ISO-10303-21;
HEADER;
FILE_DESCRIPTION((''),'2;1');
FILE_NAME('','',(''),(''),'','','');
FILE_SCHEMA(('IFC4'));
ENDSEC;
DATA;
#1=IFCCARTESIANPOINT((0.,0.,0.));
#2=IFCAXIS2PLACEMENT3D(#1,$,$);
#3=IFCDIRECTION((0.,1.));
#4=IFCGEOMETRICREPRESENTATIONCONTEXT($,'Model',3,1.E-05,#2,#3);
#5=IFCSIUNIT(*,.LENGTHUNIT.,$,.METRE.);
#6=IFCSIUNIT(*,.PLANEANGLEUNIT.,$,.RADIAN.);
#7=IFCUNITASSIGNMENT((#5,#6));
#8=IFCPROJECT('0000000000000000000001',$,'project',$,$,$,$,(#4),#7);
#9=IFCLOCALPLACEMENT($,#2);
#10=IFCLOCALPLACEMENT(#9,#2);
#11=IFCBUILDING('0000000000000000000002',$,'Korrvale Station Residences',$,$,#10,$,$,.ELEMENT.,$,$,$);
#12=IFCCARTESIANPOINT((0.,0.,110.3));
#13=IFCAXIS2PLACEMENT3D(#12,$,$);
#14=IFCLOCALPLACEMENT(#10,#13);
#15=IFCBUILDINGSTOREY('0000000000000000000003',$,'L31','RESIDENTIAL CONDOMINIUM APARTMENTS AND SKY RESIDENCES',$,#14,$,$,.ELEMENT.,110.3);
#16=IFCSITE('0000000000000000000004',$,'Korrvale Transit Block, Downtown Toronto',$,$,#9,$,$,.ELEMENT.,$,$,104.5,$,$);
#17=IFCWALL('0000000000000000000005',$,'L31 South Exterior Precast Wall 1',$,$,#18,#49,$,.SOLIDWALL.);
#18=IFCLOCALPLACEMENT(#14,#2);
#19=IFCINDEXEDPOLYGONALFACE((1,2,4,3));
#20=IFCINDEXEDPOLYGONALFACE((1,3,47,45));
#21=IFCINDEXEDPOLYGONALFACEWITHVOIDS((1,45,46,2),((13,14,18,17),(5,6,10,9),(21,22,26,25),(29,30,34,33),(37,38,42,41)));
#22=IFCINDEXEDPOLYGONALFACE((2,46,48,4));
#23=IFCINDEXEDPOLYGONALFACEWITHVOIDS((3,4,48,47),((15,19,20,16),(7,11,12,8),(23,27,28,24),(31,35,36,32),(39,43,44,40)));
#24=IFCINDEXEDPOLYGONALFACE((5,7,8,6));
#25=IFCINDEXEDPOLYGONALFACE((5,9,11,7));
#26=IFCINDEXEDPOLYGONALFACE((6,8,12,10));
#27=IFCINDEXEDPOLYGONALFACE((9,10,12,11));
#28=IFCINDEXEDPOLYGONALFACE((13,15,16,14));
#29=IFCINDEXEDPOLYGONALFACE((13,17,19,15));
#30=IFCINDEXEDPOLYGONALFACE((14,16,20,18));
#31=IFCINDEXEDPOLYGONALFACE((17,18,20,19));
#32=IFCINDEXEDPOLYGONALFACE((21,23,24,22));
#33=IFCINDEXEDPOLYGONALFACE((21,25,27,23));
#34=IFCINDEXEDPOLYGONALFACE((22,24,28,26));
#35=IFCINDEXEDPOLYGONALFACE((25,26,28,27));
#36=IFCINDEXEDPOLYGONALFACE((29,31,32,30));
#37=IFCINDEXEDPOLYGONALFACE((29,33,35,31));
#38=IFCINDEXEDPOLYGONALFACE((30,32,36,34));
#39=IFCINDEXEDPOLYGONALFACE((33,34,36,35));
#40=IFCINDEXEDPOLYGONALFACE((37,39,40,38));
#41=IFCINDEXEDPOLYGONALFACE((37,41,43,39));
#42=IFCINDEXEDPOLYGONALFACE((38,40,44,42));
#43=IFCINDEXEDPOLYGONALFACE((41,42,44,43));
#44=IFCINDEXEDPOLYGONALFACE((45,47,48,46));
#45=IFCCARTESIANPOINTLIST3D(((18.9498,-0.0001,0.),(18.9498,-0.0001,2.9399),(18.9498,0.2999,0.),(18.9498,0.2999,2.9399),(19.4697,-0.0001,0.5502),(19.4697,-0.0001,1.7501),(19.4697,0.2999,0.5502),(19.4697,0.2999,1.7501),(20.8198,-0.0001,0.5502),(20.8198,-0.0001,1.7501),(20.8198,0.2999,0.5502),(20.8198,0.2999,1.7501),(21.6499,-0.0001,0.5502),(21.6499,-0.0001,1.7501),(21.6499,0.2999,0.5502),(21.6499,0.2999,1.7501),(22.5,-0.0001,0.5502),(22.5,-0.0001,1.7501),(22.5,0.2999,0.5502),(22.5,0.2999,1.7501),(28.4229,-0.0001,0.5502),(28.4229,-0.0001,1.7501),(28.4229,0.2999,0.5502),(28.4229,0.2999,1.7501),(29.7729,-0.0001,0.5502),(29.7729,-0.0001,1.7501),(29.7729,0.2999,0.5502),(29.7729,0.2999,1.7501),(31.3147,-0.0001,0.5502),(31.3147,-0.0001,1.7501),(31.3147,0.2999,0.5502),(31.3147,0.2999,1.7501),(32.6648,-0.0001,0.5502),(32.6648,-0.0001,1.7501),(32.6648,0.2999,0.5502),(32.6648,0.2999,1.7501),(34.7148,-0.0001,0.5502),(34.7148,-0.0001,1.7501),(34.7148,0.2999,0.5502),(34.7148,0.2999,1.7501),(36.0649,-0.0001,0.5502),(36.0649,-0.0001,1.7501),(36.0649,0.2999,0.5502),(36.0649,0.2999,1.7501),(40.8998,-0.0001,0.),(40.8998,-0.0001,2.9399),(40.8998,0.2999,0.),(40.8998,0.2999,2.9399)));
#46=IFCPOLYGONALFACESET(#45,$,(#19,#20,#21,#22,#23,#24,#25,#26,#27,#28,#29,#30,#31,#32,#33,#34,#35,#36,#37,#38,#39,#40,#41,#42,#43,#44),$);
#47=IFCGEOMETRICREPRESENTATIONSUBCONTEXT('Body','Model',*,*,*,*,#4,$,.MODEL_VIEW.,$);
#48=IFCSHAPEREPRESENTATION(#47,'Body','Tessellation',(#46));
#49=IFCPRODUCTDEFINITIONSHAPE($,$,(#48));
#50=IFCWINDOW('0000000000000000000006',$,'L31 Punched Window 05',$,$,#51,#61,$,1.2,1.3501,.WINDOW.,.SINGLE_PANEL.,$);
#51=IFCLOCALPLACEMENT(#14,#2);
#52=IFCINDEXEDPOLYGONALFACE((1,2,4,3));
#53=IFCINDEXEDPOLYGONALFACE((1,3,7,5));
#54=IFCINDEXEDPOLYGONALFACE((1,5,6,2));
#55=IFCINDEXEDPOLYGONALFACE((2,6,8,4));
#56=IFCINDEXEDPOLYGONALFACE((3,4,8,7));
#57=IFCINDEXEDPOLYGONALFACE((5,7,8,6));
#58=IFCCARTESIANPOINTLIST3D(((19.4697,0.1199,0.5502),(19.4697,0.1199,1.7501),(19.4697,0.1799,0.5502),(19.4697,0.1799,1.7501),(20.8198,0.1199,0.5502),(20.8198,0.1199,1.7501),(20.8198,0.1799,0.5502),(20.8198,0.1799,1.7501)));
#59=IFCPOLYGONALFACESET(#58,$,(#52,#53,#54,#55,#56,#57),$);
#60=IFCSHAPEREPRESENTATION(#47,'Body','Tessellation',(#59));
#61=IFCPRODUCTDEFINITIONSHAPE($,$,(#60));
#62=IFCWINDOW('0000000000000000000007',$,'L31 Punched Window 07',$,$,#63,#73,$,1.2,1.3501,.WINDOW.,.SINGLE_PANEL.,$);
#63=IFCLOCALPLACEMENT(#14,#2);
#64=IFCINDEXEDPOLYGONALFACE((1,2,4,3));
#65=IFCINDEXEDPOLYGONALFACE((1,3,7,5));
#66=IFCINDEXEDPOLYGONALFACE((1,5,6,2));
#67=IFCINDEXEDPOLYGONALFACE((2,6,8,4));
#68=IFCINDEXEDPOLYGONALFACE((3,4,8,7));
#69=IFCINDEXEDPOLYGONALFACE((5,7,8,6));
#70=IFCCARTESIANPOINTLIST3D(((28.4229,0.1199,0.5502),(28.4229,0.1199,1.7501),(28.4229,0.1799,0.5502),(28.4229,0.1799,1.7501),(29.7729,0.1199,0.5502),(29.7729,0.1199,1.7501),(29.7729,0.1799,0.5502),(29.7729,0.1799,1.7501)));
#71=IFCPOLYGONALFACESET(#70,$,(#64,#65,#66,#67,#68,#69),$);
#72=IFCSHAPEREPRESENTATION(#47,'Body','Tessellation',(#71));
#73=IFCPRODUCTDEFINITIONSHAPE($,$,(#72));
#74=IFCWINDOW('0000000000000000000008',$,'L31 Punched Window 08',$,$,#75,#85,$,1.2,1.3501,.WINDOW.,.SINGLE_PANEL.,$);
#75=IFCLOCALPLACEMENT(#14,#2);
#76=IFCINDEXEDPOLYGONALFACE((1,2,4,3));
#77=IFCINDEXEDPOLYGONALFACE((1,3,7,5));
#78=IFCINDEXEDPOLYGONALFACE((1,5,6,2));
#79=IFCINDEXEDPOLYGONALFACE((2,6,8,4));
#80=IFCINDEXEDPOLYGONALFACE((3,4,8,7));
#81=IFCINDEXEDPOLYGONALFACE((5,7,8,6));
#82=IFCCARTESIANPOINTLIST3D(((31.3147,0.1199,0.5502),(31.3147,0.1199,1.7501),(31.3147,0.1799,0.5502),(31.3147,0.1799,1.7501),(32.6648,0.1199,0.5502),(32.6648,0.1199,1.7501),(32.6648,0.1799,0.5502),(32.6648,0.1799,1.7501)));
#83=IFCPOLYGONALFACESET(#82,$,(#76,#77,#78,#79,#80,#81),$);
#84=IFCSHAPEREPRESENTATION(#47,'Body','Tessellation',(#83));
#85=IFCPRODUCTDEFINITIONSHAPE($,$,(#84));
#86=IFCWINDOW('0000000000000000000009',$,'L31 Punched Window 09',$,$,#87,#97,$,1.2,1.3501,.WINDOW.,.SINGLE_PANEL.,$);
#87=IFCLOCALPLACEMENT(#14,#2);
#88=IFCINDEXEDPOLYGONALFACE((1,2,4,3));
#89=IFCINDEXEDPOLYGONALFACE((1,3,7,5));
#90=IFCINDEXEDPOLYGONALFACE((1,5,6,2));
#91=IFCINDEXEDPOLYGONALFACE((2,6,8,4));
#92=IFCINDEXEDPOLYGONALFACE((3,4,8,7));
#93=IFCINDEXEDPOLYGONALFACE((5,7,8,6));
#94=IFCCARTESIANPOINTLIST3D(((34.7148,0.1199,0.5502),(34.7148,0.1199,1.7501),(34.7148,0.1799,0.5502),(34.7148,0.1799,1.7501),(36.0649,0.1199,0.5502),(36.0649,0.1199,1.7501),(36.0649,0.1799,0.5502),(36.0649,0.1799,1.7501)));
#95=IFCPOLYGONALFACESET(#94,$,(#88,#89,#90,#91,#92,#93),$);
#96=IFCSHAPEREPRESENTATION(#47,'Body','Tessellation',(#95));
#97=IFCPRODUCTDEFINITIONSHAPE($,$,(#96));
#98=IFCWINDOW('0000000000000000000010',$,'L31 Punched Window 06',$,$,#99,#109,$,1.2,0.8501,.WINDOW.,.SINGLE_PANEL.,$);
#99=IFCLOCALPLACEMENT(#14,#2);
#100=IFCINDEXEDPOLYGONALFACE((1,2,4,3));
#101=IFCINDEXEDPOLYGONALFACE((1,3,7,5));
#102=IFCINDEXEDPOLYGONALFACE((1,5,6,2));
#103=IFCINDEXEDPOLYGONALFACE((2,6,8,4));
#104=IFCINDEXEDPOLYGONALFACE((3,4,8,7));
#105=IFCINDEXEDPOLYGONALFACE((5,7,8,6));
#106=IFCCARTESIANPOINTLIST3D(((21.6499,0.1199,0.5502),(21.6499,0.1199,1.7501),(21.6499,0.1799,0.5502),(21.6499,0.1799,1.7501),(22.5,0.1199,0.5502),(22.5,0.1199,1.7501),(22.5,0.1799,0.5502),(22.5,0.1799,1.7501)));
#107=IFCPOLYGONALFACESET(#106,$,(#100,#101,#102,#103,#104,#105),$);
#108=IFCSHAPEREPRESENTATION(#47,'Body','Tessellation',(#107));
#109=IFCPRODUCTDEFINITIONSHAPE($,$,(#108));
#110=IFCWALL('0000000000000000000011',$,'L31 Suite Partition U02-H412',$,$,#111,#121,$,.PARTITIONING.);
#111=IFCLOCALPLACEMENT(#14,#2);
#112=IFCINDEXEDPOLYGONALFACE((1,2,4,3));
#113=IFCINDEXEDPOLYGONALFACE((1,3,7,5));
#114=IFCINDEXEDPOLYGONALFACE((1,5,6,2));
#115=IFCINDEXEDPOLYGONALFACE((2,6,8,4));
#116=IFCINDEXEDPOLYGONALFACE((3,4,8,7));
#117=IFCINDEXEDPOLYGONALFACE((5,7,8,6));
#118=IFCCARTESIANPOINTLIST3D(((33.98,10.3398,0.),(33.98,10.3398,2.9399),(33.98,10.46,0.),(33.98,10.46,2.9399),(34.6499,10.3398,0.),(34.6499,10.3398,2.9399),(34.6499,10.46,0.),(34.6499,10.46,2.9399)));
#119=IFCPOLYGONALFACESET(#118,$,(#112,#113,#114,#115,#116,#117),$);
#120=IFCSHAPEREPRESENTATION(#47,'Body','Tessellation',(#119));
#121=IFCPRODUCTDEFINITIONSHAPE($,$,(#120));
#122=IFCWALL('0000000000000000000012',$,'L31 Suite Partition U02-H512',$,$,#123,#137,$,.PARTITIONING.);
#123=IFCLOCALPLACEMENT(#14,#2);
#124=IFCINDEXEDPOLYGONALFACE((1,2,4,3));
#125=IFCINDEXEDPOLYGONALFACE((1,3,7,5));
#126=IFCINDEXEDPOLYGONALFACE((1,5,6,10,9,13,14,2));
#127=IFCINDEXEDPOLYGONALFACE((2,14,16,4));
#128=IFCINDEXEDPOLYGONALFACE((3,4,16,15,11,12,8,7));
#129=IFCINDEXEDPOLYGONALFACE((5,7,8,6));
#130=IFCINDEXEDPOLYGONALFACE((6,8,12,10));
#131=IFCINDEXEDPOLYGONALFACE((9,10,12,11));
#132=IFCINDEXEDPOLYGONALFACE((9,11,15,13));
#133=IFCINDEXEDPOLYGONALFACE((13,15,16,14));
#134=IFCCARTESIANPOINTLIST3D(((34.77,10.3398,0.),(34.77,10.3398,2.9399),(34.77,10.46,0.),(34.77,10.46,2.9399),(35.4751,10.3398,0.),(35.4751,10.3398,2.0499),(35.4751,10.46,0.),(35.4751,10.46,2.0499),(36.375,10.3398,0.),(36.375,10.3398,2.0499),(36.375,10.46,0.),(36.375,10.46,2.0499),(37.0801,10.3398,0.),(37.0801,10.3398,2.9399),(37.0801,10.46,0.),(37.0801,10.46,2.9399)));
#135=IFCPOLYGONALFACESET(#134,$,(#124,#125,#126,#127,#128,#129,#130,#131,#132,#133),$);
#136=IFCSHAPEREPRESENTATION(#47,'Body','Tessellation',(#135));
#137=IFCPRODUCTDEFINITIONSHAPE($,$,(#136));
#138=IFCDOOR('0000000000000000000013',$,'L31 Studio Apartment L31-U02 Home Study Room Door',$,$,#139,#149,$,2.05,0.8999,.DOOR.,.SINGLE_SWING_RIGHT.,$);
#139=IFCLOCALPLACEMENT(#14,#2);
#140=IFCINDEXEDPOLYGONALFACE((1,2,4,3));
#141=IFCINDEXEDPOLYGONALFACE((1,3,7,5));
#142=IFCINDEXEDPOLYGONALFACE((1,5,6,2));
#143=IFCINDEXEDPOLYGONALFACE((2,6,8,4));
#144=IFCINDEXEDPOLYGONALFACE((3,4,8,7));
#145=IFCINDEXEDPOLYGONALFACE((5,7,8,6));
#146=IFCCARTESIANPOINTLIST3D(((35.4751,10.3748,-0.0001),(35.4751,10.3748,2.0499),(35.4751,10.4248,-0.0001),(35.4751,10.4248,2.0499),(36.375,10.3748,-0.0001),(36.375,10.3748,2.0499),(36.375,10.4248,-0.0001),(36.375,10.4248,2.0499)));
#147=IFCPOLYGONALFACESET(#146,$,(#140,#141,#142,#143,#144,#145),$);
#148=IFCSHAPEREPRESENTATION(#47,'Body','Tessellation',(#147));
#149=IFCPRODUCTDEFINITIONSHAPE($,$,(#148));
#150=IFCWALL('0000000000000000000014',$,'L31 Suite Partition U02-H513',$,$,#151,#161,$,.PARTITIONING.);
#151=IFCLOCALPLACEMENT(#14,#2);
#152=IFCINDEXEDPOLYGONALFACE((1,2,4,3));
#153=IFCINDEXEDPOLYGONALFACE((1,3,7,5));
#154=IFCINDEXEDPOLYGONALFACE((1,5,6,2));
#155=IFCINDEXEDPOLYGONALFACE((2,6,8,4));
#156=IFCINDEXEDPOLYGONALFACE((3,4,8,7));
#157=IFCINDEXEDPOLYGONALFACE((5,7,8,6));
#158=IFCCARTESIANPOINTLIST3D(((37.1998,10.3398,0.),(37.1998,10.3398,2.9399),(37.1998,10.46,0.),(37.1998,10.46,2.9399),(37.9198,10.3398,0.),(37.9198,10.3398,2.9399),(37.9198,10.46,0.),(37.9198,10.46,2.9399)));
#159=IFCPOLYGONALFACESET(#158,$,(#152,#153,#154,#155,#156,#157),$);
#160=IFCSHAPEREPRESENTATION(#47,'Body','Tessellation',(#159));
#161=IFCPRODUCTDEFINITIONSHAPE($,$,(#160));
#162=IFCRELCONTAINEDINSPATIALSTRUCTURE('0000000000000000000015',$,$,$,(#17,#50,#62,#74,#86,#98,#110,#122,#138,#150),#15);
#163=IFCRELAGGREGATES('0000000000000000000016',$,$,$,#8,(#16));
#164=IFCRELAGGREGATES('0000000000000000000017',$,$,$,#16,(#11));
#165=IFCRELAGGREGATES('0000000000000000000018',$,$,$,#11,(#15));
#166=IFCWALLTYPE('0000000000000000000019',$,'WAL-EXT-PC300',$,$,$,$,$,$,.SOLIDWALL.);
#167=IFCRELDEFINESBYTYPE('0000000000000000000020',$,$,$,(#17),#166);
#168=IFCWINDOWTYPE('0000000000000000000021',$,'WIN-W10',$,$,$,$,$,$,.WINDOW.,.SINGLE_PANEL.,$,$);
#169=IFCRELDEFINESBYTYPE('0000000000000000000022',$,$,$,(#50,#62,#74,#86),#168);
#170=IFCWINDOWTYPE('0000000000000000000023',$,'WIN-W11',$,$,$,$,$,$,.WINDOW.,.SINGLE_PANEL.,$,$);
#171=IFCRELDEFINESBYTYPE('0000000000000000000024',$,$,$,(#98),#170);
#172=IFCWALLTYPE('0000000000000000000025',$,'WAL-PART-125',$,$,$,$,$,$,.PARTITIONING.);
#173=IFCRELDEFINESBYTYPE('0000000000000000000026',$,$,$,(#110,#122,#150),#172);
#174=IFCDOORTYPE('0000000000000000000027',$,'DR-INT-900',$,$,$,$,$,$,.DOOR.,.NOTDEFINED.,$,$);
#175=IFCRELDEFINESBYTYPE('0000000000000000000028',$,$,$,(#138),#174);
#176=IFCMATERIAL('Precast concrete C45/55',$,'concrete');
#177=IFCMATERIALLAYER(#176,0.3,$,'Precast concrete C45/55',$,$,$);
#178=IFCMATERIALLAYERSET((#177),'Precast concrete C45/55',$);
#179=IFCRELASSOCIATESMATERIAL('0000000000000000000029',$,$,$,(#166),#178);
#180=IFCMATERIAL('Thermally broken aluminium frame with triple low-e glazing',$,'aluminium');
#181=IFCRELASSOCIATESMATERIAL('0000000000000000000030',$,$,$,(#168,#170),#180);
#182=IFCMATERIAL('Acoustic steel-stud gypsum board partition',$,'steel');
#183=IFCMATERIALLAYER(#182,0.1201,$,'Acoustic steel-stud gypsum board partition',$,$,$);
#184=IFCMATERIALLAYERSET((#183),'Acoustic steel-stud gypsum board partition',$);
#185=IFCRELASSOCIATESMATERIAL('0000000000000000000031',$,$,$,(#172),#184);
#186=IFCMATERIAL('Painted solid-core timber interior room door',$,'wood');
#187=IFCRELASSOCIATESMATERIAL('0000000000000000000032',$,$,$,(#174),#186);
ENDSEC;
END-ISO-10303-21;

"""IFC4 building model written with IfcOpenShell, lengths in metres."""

from ifc_helpers import new_model, si_unit, direction, frame, frame_2d, origin, place, context, subcontext, project, spatial, rectangle, extrude, material, layer, layer_set, type_object, element, fill, save


model = new_model("IFC4")

# Units and contexts
model_context = context("Model", 3, precision=1e-05, world=origin(), true_north=direction((0.0, 1.0)))
body_context = subcontext(model_context, "Body", "Model", "MODEL_VIEW")
ifc_project = project(units=[si_unit("LENGTHUNIT", "METRE"), si_unit("PLANEANGLEUNIT", "RADIAN")], contexts=[model_context])

# Site, building, storey
site_placement = place(None, origin())
site = spatial("IfcSite", under=ifc_project, at=site_placement, Name="Korrvale Transit Block, Downtown Toronto", CompositionType="ELEMENT", RefElevation=104.5)
building_placement = place(site_placement, origin())
building = spatial("IfcBuilding", under=site, at=building_placement, Name="Korrvale Station Residences", CompositionType="ELEMENT")
storey_placement = place(building_placement, frame((0.0, 0.0, 110.3)))
storey = spatial("IfcBuildingStorey", under=building, at=storey_placement, Name="L31", Description="RESIDENTIAL CONDOMINIUM APARTMENTS AND SKY RESIDENCES", CompositionType="ELEMENT", Elevation=110.3)

# Shared definitions
ifc_material_1 = material(Name="Precast concrete C45/55", Category="concrete")

# Wall, openings, windows
ifc_layer_1 = layer(ifc_material_1, 0.3, Name="Precast concrete C45/55")
ifc_layer_set_1 = layer_set([ifc_layer_1], Name="Precast concrete C45/55")
wall_type_1 = type_object("IfcWallType", Name="WAL-EXT-PC300", PredefinedType="SOLIDWALL", material=ifc_layer_set_1)
wall_1_placement = place(storey_placement, frame((40.8999, 0.1499, 0.0), z_axis=(0.0, 0.0, 1.0), x_axis=(-1.0, 0.0, 0.0)))
wall_1 = element("IfcWall", 1, at=wall_1_placement, inside=storey, type_object=wall_type_1, Name="L31 South Exterior Precast Wall 1", PredefinedType="SOLIDWALL", context=body_context, shape_type="SweptSolid", body=[
    extrude(rectangle(XDim=21.95, YDim=0.3, at=frame_2d((10.9751, 0.0))), origin(), (0.0, 0.0, 1.0), 2.9399),
])
opening_1_placement = place(wall_1_placement, frame((20.0801, 0.0, 0.55)))
opening_1 = element("IfcOpeningElement", 2, at=opening_1_placement, cuts=wall_1, PredefinedType="OPENING", context=body_context, shape_type="SweptSolid", body=[
    extrude(rectangle(XDim=1.3501, YDim=1.2, at=frame_2d((0.675, 0.6001))), frame((0.0, 0.1602, 0.0), z_axis=(0.0, -1.0, 0.0), x_axis=(1.0, 0.0, 0.0)), (0.0, 0.0, 1.0), 0.3201),
])
opening_2_placement = place(wall_1_placement, frame((18.3999, 0.0, 0.55)))
opening_2 = element("IfcOpeningElement", 3, at=opening_2_placement, cuts=wall_1, PredefinedType="OPENING", context=body_context, shape_type="SweptSolid", body=[
    extrude(rectangle(XDim=0.8501, YDim=1.2, at=frame_2d((0.425, 0.6001))), frame((0.0, 0.1602, 0.0), z_axis=(0.0, -1.0, 0.0), x_axis=(1.0, 0.0, 0.0)), (0.0, 0.0, 1.0), 0.3201),
])
opening_3_placement = place(wall_1_placement, frame((11.127, 0.0, 0.55)))
opening_3 = element("IfcOpeningElement", 4, at=opening_3_placement, cuts=wall_1, PredefinedType="OPENING", context=body_context, shape_type="SweptSolid", body=[
    extrude(rectangle(XDim=1.3501, YDim=1.2, at=frame_2d((0.675, 0.6001))), frame((0.0, 0.1602, 0.0), z_axis=(0.0, -1.0, 0.0), x_axis=(1.0, 0.0, 0.0)), (0.0, 0.0, 1.0), 0.3201),
])
opening_4_placement = place(wall_1_placement, frame((8.2351, 0.0, 0.55)))
opening_4 = element("IfcOpeningElement", 5, at=opening_4_placement, cuts=wall_1, PredefinedType="OPENING", context=body_context, shape_type="SweptSolid", body=[
    extrude(rectangle(XDim=1.3501, YDim=1.2, at=frame_2d((0.675, 0.6001))), frame((0.0, 0.1602, 0.0), z_axis=(0.0, -1.0, 0.0), x_axis=(1.0, 0.0, 0.0)), (0.0, 0.0, 1.0), 0.3201),
])
opening_5_placement = place(wall_1_placement, frame((4.835, 0.0, 0.55)))
opening_5 = element("IfcOpeningElement", 6, at=opening_5_placement, cuts=wall_1, PredefinedType="OPENING", context=body_context, shape_type="SweptSolid", body=[
    extrude(rectangle(XDim=1.3501, YDim=1.2, at=frame_2d((0.675, 0.6001))), frame((0.0, 0.1602, 0.0), z_axis=(0.0, -1.0, 0.0), x_axis=(1.0, 0.0, 0.0)), (0.0, 0.0, 1.0), 0.3201),
])
ifc_material_2 = material(Name="Thermally broken aluminium frame with triple low-e glazing", Category="aluminium")
window_type_1 = type_object("IfcWindowType", Name="WIN-W10", PartitioningType="SINGLE_PANEL", PredefinedType="WINDOW", material=ifc_material_2)
window_1_placement = place(opening_1_placement, origin())
window_1 = element("IfcWindow", 7, at=window_1_placement, inside=storey, type_object=window_type_1, Name="L31 Punched Window 05", OverallHeight=1.2, OverallWidth=1.3501, PartitioningType="SINGLE_PANEL", PredefinedType="WINDOW", context=body_context, shape_type="SweptSolid", body=[
    extrude(rectangle(XDim=1.3501, YDim=1.2, at=frame_2d((0.675, 0.6001))), frame((0.0, 0.03, 0.0), z_axis=(0.0, -1.0, 0.0), x_axis=(1.0, 0.0, 0.0)), (0.0, 0.0, 1.0), 0.0601),
])
fill(opening_1, window_1)
window_2_placement = place(opening_3_placement, origin())
window_2 = element("IfcWindow", 8, at=window_2_placement, inside=storey, type_object=window_type_1, Name="L31 Punched Window 07", OverallHeight=1.2, OverallWidth=1.3501, PartitioningType="SINGLE_PANEL", PredefinedType="WINDOW", context=body_context, shape_type="SweptSolid", body=[
    extrude(rectangle(XDim=1.3501, YDim=1.2, at=frame_2d((0.675, 0.6001))), frame((0.0, 0.03, 0.0), z_axis=(0.0, -1.0, 0.0), x_axis=(1.0, 0.0, 0.0)), (0.0, 0.0, 1.0), 0.0601),
])
fill(opening_3, window_2)
window_3_placement = place(opening_4_placement, origin())
window_3 = element("IfcWindow", 9, at=window_3_placement, inside=storey, type_object=window_type_1, Name="L31 Punched Window 08", OverallHeight=1.2, OverallWidth=1.3501, PartitioningType="SINGLE_PANEL", PredefinedType="WINDOW", context=body_context, shape_type="SweptSolid", body=[
    extrude(rectangle(XDim=1.3501, YDim=1.2, at=frame_2d((0.675, 0.6001))), frame((0.0, 0.03, 0.0), z_axis=(0.0, -1.0, 0.0), x_axis=(1.0, 0.0, 0.0)), (0.0, 0.0, 1.0), 0.0601),
])
fill(opening_4, window_3)
window_4_placement = place(opening_5_placement, origin())
window_4 = element("IfcWindow", 10, at=window_4_placement, inside=storey, type_object=window_type_1, Name="L31 Punched Window 09", OverallHeight=1.2, OverallWidth=1.3501, PartitioningType="SINGLE_PANEL", PredefinedType="WINDOW", context=body_context, shape_type="SweptSolid", body=[
    extrude(rectangle(XDim=1.3501, YDim=1.2, at=frame_2d((0.675, 0.6001))), frame((0.0, 0.03, 0.0), z_axis=(0.0, -1.0, 0.0), x_axis=(1.0, 0.0, 0.0)), (0.0, 0.0, 1.0), 0.0601),
])
fill(opening_5, window_4)
window_type_2 = type_object("IfcWindowType", Name="WIN-W11", PartitioningType="SINGLE_PANEL", PredefinedType="WINDOW", material=ifc_material_2)
window_5_placement = place(opening_2_placement, origin())
window_5 = element("IfcWindow", 11, at=window_5_placement, inside=storey, type_object=window_type_2, Name="L31 Punched Window 06", OverallHeight=1.2, OverallWidth=0.8501, PartitioningType="SINGLE_PANEL", PredefinedType="WINDOW", context=body_context, shape_type="SweptSolid", body=[
    extrude(rectangle(XDim=0.8501, YDim=1.2, at=frame_2d((0.425, 0.6001))), frame((0.0, 0.03, 0.0), z_axis=(0.0, -1.0, 0.0), x_axis=(1.0, 0.0, 0.0)), (0.0, 0.0, 1.0), 0.0601),
])
fill(opening_2, window_5)

# Wall
ifc_material_3 = material(Name="Acoustic steel-stud gypsum board partition", Category="steel")
ifc_layer_2 = layer(ifc_material_3, 0.1201, Name="Acoustic steel-stud gypsum board partition")
ifc_layer_set_2 = layer_set([ifc_layer_2], Name="Acoustic steel-stud gypsum board partition")
wall_type_2 = type_object("IfcWallType", Name="WAL-PART-125", PredefinedType="PARTITIONING", material=ifc_layer_set_2)
wall_2_placement = place(storey_placement, frame((33.98, 10.3999, 0.0), z_axis=(0.0, 0.0, 1.0), x_axis=(1.0, 0.0, 0.0)))
element("IfcWall", 12, at=wall_2_placement, inside=storey, type_object=wall_type_2, Name="L31 Suite Partition U02-H412", PredefinedType="PARTITIONING", context=body_context, shape_type="SweptSolid", body=[
    extrude(rectangle(XDim=0.6699, YDim=0.1201, at=frame_2d((0.335, 0.0))), origin(), (0.0, 0.0, 1.0), 2.9399),
])

# Wall, opening, door
wall_3_placement = place(storey_placement, frame((34.77, 10.3999, 0.0), z_axis=(0.0, 0.0, 1.0), x_axis=(1.0, 0.0, 0.0)))
wall_3 = element("IfcWall", 13, at=wall_3_placement, inside=storey, type_object=wall_type_2, Name="L31 Suite Partition U02-H512", PredefinedType="PARTITIONING", context=body_context, shape_type="SweptSolid", body=[
    extrude(rectangle(XDim=2.3101, YDim=0.1201, at=frame_2d((1.155, 0.0))), origin(), (0.0, 0.0, 1.0), 2.9399),
])
opening_6_placement = place(wall_3_placement, frame((0.7051, 0.0, 0.0)))
opening_6 = element("IfcOpeningElement", 14, at=opening_6_placement, cuts=wall_3, PredefinedType="OPENING", context=body_context, shape_type="SweptSolid", body=[
    extrude(rectangle(XDim=0.8999, YDim=2.05, at=frame_2d((0.45, 1.0249))), frame((0.0, 0.0701, 0.0), z_axis=(0.0, -1.0, 0.0), x_axis=(1.0, 0.0, 0.0)), (0.0, 0.0, 1.0), 0.1401),
])
ifc_material_4 = material(Name="Painted solid-core timber interior room door", Category="wood")
door_type = type_object("IfcDoorType", Name="DR-INT-900", OperationType="NOTDEFINED", PredefinedType="DOOR", material=ifc_material_4)
door_1_placement = place(opening_6_placement, origin())
door_1 = element("IfcDoor", 15, at=door_1_placement, inside=storey, type_object=door_type, Name="L31 Studio Apartment L31-U02 Home Study Room Door", OperationType="SINGLE_SWING_RIGHT", OverallHeight=2.05, OverallWidth=0.8999, PredefinedType="DOOR", context=body_context, shape_type="SweptSolid", body=[
    extrude(rectangle(XDim=0.8999, YDim=2.05, at=frame_2d((0.45, 1.0249))), frame((0.0, 0.0249, 0.0), z_axis=(0.0, -1.0, 0.0), x_axis=(1.0, 0.0, 0.0)), (0.0, 0.0, 1.0), 0.05),
])
fill(opening_6, door_1)

# Wall
wall_4_placement = place(storey_placement, frame((37.2, 10.3999, 0.0), z_axis=(0.0, 0.0, 1.0), x_axis=(1.0, 0.0, 0.0)))
element("IfcWall", 16, at=wall_4_placement, inside=storey, type_object=wall_type_2, Name="L31 Suite Partition U02-H513", PredefinedType="PARTITIONING", context=body_context, shape_type="SweptSolid", body=[
    extrude(rectangle(XDim=0.72, YDim=0.1201, at=frame_2d((0.3599, 0.0))), origin(), (0.0, 0.0, 1.0), 2.9399),
])

save(model, "model.ifc")
